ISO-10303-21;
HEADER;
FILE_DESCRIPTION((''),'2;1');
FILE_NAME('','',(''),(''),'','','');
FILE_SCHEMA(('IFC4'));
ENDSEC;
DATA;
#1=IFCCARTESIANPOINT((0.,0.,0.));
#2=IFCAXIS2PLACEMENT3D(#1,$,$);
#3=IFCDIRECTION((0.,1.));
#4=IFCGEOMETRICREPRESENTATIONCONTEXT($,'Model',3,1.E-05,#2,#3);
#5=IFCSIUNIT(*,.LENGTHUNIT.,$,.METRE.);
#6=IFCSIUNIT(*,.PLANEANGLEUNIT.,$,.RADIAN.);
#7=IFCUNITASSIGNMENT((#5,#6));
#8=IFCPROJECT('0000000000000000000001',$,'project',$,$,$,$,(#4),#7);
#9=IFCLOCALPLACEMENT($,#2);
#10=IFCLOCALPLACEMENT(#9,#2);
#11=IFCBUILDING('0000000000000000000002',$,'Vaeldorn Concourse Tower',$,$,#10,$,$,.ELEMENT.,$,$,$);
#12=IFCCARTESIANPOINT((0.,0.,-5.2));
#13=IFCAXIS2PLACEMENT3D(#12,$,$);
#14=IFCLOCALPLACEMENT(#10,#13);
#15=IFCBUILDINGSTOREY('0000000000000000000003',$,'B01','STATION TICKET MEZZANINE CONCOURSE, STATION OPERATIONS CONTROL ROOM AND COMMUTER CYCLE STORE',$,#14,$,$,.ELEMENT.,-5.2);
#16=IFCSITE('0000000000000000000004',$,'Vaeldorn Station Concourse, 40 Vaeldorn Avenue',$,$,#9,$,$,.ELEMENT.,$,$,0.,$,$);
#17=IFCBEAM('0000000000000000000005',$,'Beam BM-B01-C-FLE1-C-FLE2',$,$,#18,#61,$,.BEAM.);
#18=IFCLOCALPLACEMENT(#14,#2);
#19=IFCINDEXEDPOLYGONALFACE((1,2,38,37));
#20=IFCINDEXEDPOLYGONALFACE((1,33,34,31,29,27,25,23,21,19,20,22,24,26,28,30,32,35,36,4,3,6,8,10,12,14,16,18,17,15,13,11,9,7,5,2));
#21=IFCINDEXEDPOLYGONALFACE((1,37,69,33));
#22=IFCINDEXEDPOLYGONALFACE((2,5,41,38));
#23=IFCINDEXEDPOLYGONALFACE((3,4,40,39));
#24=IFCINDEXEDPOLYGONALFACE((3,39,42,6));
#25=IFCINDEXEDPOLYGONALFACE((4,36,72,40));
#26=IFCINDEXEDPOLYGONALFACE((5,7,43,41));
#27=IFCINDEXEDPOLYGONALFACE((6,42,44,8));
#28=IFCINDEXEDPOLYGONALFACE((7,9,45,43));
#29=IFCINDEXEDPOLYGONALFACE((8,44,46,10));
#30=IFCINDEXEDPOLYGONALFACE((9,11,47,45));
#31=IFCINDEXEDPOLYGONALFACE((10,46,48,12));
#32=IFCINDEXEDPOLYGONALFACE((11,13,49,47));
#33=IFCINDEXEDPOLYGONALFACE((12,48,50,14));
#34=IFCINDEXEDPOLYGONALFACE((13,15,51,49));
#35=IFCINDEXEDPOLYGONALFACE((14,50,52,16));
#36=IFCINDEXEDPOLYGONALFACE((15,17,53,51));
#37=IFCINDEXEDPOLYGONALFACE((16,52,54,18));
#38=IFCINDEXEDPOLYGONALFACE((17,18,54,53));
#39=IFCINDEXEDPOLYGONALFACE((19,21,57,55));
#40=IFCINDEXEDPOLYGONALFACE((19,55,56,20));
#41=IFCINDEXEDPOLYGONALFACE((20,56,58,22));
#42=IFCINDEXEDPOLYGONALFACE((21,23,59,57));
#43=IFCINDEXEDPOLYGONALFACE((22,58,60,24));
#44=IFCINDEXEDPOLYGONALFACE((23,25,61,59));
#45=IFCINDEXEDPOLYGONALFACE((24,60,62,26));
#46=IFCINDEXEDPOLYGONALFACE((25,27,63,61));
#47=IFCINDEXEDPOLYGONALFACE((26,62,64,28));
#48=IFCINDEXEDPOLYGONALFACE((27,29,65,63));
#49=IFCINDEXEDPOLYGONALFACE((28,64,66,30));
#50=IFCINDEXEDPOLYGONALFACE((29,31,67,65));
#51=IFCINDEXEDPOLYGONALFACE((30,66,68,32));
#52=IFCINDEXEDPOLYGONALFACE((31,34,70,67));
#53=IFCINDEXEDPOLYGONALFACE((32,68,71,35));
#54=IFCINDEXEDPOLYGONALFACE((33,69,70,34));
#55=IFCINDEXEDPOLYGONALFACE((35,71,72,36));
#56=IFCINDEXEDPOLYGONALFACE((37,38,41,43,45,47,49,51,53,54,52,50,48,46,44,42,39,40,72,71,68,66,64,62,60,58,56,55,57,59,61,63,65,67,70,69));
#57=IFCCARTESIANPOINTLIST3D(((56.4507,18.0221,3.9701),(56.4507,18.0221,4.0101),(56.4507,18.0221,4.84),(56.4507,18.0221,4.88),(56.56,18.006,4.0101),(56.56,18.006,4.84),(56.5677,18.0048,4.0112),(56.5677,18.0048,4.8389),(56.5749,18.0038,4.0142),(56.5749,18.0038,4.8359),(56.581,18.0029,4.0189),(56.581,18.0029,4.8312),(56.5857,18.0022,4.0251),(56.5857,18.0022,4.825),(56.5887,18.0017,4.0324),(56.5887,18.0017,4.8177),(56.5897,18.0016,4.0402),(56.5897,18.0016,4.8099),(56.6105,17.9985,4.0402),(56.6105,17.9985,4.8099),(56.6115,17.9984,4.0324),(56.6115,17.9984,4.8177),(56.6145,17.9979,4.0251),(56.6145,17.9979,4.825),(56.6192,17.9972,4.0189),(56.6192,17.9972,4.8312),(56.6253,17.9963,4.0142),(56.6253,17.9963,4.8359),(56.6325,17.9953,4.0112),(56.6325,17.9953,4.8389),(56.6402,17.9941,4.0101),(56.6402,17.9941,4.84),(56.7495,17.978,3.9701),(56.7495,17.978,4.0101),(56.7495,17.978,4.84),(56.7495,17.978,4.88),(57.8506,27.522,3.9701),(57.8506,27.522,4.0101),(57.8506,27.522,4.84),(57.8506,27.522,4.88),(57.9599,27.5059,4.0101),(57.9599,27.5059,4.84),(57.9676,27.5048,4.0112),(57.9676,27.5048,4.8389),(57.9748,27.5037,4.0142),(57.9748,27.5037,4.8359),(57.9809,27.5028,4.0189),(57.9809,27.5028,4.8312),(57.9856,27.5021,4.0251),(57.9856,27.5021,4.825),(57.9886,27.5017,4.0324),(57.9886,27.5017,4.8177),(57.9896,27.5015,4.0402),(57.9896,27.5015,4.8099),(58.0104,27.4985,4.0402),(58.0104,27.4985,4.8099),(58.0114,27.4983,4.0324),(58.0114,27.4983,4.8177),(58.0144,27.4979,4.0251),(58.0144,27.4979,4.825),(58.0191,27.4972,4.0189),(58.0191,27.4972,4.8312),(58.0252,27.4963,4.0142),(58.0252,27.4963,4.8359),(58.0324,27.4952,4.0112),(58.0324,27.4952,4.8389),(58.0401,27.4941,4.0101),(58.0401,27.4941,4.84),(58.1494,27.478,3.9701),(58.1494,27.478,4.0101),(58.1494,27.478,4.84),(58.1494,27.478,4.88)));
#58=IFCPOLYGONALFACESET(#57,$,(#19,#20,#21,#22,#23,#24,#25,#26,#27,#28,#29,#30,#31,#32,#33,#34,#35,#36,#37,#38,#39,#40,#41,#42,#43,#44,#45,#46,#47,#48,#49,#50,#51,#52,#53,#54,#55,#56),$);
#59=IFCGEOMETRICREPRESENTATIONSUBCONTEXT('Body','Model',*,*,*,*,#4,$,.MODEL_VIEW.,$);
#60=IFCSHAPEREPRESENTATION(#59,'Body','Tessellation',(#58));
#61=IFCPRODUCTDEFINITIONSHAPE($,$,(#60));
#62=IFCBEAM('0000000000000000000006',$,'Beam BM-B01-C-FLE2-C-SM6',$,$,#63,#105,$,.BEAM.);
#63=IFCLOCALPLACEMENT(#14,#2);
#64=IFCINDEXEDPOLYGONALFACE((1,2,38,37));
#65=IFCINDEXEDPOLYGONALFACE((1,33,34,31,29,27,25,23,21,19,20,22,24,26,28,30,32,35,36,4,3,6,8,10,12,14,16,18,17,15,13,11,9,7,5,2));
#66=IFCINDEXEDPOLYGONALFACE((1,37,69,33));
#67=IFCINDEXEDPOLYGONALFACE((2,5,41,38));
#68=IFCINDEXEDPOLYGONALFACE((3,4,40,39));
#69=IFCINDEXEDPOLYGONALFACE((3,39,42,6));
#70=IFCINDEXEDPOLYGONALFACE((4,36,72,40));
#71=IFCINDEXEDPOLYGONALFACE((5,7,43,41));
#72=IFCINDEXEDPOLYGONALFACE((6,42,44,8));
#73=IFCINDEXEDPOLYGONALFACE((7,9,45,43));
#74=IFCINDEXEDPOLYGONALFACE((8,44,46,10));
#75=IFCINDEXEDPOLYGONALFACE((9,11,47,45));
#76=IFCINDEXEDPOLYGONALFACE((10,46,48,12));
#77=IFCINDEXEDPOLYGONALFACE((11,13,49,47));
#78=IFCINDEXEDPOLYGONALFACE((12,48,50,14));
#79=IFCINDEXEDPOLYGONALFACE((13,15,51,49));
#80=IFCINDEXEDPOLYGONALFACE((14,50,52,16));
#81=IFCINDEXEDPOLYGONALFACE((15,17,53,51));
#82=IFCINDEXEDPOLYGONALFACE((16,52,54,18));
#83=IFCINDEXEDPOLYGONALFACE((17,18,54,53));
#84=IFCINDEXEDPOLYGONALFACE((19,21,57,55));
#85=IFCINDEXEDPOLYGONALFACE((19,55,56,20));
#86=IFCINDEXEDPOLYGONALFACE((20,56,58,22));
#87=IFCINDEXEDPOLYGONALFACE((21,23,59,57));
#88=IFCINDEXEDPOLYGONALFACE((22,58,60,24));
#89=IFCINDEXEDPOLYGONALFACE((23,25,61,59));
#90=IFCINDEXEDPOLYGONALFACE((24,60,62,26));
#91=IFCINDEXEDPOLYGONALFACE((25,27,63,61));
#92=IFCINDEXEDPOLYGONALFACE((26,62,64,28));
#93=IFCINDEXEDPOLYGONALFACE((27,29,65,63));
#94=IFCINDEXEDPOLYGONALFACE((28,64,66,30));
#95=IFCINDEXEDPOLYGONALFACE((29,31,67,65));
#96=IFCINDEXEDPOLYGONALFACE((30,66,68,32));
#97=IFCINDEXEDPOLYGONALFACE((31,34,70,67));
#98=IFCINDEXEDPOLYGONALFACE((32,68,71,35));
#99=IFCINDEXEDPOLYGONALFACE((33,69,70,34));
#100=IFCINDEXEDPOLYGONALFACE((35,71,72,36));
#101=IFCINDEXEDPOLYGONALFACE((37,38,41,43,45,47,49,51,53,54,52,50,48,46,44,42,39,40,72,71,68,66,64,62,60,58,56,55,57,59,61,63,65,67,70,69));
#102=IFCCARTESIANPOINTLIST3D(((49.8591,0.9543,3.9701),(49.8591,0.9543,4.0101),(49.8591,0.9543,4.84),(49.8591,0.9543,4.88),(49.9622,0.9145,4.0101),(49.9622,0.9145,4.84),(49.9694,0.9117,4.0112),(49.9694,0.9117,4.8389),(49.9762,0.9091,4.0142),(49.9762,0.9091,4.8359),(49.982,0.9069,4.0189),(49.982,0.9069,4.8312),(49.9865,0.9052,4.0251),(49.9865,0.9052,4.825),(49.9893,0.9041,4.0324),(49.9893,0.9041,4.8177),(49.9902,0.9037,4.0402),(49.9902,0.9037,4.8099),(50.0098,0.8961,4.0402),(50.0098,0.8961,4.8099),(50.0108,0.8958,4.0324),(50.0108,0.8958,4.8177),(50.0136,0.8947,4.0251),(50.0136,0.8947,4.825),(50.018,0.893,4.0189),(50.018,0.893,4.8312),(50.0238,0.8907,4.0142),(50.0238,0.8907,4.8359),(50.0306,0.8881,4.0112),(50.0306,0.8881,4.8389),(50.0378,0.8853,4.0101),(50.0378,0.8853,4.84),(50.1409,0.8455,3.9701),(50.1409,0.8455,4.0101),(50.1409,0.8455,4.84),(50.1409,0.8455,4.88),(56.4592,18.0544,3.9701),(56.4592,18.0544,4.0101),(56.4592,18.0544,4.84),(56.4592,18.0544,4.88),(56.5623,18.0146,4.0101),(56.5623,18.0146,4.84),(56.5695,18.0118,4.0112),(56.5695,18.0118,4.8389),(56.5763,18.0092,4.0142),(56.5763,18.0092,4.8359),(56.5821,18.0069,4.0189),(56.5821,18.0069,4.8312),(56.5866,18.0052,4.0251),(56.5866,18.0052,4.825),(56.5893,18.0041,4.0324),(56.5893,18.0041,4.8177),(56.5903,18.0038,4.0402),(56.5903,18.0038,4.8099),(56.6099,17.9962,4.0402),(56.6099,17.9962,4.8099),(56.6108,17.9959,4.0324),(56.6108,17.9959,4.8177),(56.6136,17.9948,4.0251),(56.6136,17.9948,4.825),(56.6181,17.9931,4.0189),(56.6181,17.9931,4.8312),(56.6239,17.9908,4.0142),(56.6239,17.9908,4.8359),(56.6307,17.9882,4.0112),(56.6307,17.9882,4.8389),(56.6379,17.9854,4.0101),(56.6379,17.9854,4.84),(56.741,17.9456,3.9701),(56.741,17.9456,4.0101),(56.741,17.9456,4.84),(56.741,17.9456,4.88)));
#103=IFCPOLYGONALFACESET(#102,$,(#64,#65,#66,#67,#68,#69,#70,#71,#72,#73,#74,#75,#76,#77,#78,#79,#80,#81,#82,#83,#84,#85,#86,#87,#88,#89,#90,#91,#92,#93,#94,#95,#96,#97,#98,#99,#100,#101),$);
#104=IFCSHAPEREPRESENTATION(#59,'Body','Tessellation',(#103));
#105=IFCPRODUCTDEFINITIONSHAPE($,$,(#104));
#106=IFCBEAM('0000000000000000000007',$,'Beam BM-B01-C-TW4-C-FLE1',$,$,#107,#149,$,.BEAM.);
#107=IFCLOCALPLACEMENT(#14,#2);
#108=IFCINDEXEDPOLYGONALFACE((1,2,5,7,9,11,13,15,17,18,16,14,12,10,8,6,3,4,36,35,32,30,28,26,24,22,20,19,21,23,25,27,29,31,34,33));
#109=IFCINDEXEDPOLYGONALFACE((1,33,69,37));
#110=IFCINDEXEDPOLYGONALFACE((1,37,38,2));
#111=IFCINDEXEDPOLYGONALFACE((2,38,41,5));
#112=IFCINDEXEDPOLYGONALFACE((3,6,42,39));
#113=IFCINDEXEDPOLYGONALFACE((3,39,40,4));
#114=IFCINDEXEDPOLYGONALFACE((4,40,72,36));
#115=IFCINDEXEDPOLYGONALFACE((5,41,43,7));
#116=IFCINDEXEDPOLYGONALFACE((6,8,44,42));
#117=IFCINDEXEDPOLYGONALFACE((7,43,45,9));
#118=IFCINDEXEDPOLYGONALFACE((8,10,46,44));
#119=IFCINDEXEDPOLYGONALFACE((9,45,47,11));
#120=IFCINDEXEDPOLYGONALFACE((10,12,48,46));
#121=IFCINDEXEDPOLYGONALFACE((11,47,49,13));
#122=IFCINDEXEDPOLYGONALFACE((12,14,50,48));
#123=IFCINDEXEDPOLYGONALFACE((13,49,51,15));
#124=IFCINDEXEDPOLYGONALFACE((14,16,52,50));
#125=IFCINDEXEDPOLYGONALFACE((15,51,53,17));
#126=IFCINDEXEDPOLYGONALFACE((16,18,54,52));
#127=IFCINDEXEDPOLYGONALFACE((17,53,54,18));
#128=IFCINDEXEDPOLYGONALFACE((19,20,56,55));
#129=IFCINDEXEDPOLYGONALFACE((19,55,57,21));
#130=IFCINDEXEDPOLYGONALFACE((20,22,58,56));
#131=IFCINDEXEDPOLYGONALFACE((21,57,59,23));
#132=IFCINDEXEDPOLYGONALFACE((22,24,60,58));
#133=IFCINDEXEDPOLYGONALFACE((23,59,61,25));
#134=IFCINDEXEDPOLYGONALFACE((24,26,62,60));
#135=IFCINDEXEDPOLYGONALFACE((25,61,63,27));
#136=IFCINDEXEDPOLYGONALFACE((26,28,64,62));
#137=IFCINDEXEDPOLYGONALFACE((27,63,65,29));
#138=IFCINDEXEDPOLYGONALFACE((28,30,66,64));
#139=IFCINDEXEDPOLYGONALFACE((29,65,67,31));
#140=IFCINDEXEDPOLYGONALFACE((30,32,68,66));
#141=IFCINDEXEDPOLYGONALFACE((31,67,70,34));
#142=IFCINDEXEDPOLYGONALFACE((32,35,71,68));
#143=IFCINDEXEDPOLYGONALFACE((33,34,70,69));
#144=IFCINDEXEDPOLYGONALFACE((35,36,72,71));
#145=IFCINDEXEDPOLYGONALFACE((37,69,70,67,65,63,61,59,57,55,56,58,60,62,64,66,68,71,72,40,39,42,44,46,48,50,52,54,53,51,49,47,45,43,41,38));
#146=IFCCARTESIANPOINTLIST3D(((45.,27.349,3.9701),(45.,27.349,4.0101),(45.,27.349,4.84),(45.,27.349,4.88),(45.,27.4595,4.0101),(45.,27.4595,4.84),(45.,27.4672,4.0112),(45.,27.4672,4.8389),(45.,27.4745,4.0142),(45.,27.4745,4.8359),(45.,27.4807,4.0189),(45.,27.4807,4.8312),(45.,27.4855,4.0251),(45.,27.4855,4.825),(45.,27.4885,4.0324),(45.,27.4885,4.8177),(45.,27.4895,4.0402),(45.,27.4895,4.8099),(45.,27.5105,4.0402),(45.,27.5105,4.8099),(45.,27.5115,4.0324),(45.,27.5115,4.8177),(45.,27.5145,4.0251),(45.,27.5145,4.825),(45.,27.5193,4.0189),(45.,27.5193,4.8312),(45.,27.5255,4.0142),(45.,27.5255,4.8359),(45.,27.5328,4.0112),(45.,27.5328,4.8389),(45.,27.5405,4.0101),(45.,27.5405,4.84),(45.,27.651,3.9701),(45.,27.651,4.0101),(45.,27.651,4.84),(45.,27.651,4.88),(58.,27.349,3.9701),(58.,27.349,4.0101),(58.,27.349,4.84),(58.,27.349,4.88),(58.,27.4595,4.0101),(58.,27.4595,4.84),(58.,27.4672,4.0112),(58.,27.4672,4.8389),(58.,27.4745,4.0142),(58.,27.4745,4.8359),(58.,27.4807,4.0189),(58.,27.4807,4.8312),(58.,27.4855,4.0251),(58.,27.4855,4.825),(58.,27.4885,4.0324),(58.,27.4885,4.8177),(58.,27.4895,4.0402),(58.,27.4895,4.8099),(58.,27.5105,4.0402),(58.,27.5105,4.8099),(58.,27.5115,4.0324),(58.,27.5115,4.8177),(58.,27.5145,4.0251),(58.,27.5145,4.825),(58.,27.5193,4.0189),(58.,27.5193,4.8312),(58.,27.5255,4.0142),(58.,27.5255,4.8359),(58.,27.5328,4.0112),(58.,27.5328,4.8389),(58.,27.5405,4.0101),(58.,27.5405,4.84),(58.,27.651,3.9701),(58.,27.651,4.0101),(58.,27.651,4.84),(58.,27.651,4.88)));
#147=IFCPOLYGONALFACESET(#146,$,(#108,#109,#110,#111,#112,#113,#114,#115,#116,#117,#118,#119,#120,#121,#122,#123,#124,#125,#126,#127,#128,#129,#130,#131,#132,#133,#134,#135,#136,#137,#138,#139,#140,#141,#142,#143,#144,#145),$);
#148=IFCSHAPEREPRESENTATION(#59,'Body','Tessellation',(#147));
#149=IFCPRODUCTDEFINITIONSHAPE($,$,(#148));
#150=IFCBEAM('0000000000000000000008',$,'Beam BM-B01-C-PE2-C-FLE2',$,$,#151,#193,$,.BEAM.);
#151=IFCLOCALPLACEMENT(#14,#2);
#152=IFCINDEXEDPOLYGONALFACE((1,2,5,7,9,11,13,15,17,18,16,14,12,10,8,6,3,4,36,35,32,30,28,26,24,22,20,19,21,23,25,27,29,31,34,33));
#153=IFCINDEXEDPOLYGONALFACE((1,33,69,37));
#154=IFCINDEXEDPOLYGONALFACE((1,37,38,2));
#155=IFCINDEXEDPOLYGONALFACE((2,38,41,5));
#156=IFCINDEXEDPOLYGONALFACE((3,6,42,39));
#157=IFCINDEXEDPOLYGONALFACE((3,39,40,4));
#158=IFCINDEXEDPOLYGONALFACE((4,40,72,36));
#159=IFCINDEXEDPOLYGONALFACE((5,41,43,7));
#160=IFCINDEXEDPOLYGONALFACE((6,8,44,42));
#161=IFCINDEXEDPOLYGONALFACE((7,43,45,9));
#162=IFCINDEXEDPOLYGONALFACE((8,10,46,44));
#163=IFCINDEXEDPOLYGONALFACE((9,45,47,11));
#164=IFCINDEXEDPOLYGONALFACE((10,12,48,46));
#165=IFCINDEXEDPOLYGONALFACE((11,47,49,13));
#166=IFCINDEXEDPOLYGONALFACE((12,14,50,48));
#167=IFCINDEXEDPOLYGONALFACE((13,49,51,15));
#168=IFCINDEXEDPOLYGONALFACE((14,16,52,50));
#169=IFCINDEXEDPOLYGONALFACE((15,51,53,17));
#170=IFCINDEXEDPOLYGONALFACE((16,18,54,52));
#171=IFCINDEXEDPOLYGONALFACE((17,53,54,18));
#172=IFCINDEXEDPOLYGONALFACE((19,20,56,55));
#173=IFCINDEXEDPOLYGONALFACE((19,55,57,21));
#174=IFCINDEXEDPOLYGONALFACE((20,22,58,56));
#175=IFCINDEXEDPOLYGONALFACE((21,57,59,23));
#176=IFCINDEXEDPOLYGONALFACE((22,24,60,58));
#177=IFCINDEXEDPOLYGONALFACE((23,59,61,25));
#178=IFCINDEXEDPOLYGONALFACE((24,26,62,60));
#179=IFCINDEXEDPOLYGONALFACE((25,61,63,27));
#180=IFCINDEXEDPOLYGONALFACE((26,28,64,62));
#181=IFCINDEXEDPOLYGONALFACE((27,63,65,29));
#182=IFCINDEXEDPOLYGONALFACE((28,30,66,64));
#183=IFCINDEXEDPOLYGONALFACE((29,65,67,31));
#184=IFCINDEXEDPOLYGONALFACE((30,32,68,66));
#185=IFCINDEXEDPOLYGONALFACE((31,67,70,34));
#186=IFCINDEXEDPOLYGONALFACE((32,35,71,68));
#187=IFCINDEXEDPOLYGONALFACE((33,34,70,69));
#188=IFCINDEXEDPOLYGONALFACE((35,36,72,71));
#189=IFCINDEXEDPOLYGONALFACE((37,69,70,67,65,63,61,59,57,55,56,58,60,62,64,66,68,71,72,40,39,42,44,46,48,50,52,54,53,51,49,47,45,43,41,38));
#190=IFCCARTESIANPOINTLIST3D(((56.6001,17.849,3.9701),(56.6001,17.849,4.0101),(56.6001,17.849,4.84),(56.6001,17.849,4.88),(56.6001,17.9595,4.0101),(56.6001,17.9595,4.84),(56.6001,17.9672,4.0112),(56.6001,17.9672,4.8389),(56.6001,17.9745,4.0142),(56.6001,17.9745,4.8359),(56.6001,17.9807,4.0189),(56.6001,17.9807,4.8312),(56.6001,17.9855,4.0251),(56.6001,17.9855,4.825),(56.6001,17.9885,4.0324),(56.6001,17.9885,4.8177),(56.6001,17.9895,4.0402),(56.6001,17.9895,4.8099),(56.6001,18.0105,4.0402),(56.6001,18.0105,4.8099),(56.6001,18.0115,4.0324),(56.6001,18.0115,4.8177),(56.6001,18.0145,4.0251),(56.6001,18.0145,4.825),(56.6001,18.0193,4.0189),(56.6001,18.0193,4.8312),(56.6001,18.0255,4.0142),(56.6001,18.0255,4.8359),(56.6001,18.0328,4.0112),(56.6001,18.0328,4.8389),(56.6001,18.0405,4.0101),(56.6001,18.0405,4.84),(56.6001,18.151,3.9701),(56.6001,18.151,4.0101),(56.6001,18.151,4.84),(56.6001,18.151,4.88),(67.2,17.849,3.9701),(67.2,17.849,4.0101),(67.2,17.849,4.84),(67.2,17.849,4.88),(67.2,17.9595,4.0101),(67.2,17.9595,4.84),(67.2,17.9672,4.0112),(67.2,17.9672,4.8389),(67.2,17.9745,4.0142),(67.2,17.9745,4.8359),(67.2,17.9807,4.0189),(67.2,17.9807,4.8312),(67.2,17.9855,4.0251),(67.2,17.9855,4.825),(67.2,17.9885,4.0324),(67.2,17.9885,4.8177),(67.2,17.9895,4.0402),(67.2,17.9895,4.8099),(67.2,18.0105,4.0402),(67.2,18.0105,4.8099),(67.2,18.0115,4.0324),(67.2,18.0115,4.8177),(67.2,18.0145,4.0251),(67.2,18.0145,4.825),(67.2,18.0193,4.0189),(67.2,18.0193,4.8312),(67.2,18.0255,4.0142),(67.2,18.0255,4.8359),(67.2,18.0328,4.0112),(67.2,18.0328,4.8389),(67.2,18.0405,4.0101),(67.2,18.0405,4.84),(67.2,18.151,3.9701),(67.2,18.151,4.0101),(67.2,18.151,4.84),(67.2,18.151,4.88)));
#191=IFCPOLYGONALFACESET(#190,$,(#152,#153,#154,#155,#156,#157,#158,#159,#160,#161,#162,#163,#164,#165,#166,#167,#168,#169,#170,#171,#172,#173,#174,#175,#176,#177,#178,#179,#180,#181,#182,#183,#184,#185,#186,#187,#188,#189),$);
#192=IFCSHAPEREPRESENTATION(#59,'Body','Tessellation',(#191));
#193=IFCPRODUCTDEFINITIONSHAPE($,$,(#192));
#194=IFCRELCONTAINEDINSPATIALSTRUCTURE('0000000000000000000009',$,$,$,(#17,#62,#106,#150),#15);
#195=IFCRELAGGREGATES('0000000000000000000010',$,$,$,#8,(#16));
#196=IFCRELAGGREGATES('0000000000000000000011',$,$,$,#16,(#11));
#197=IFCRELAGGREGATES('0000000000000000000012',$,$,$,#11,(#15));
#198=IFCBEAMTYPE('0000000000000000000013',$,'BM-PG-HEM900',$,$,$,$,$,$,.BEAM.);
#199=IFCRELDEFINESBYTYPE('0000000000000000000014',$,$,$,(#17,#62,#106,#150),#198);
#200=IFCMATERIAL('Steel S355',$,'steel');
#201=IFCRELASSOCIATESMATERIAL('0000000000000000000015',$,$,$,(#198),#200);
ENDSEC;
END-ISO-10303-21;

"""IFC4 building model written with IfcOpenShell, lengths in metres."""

from ifc_helpers import new_model, si_unit, direction, frame, origin, origin_2d, place, context, subcontext, project, spatial, i_section, extrude, source, transform, mapped, material, material_profile, profile_set, type_object, element, save


model = new_model("IFC4")

# Units and contexts
model_context = context("Model", 3, precision=1e-05, world=origin(), true_north=direction((0.0, 1.0)))
body_context = subcontext(model_context, "Body", "Model", "MODEL_VIEW")
ifc_project = project(units=[si_unit("LENGTHUNIT", "METRE"), si_unit("PLANEANGLEUNIT", "RADIAN")], contexts=[model_context])

# Site, building, storey
site_placement = place(None, origin())
site = spatial("IfcSite", under=ifc_project, at=site_placement, Name="Vaeldorn Station Concourse, 40 Vaeldorn Avenue", CompositionType="ELEMENT", RefElevation=0.0)
building_placement = place(site_placement, origin())
building = spatial("IfcBuilding", under=site, at=building_placement, Name="Vaeldorn Concourse Tower", CompositionType="ELEMENT")
storey_placement = place(building_placement, frame((0.0, 0.0, -5.2)))
storey = spatial("IfcBuildingStorey", under=building, at=storey_placement, Name="B01", Description="STATION TICKET MEZZANINE CONCOURSE, STATION OPERATIONS CONTROL ROOM AND COMMUTER CYCLE STORE", CompositionType="ELEMENT", Elevation=-5.2)

# Beams
ifc_material_1 = material(Name="Steel S355", Category="steel")
ifc_material_profile_1 = material_profile(ifc_material_1, i_section(OverallWidth=0.302, OverallDepth=0.9099, WebThickness=0.021, FlangeThickness=0.04, FilletRadius=0.03, at=origin_2d()), Name="HEM 900")
ifc_profile_set_1 = profile_set([ifc_material_profile_1], Name="Steel S355")
beam_type_1 = type_object("IfcBeamType", Name="BM-PG-HEM900", PredefinedType="BEAM", material=ifc_profile_set_1)
shared_shape_1 = source(origin(), body_context, "Body", "SweptSolid", [
    extrude(i_section(OverallWidth=0.302, OverallDepth=0.9099, WebThickness=0.021, FlangeThickness=0.04, FilletRadius=0.03, at=origin_2d()), origin(), (0.0, 0.0, 1.0), 9.6025),
])
beam_1_placement = place(storey_placement, frame((58.0, 27.5, 4.425), z_axis=(-0.145784, -0.989316, 0.0), x_axis=(0.989316, -0.145784, 0.0)))
element("IfcBeam", 1, at=beam_1_placement, inside=storey, type_object=beam_type_1, Name="Beam BM-B01-C-FLE1-C-FLE2", PredefinedType="BEAM", context=body_context, shape_type="MappedRepresentation", body=[
    mapped(shared_shape_1, transform((0.0, 0.0, 0.0), scale=1.0)),
])
shared_shape_2 = source(origin(), body_context, "Body", "SweptSolid", [
    extrude(i_section(OverallWidth=0.302, OverallDepth=0.9099, WebThickness=0.021, FlangeThickness=0.04, FilletRadius=0.03, at=origin_2d()), origin(), (0.0, 0.0, 1.0), 18.3296),
])
beam_2_placement = place(storey_placement, frame((56.6001, 18.0, 4.425), z_axis=(-0.360078, -0.932922, 0.0), x_axis=(0.932922, -0.360078, 0.0)))
element("IfcBeam", 2, at=beam_2_placement, inside=storey, type_object=beam_type_1, Name="Beam BM-B01-C-FLE2-C-SM6", PredefinedType="BEAM", context=body_context, shape_type="MappedRepresentation", body=[
    mapped(shared_shape_2, transform((0.0, 0.0, 0.0), scale=1.0)),
])
shared_shape_3 = source(origin(), body_context, "Body", "SweptSolid", [
    extrude(i_section(OverallWidth=0.302, OverallDepth=0.9099, WebThickness=0.021, FlangeThickness=0.04, FilletRadius=0.03, at=origin_2d()), origin(), (0.0, 0.0, 1.0), 13.0),
])
beam_3_placement = place(storey_placement, frame((45.0, 27.5, 4.425), z_axis=(1.0, 0.0, 0.0), x_axis=(0.0, 1.0, 0.0)))
element("IfcBeam", 3, at=beam_3_placement, inside=storey, type_object=beam_type_1, Name="Beam BM-B01-C-TW4-C-FLE1", PredefinedType="BEAM", context=body_context, shape_type="MappedRepresentation", body=[
    mapped(shared_shape_3, transform((0.0, 0.0, 0.0), scale=1.0)),
])
shared_shape_4 = source(origin(), body_context, "Body", "SweptSolid", [
    extrude(i_section(OverallWidth=0.302, OverallDepth=0.9099, WebThickness=0.021, FlangeThickness=0.04, FilletRadius=0.03, at=origin_2d()), origin(), (0.0, 0.0, 1.0), 10.5999),
])
beam_4_placement = place(storey_placement, frame((67.2, 18.0, 4.425), z_axis=(-1.0, 0.0, 0.0), x_axis=(0.0, -1.0, 0.0)))
element("IfcBeam", 4, at=beam_4_placement, inside=storey, type_object=beam_type_1, Name="Beam BM-B01-C-PE2-C-FLE2", PredefinedType="BEAM", context=body_context, shape_type="MappedRepresentation", body=[
    mapped(shared_shape_4, transform((0.0, 0.0, 0.0), scale=1.0)),
])

save(model, "model.ifc")
